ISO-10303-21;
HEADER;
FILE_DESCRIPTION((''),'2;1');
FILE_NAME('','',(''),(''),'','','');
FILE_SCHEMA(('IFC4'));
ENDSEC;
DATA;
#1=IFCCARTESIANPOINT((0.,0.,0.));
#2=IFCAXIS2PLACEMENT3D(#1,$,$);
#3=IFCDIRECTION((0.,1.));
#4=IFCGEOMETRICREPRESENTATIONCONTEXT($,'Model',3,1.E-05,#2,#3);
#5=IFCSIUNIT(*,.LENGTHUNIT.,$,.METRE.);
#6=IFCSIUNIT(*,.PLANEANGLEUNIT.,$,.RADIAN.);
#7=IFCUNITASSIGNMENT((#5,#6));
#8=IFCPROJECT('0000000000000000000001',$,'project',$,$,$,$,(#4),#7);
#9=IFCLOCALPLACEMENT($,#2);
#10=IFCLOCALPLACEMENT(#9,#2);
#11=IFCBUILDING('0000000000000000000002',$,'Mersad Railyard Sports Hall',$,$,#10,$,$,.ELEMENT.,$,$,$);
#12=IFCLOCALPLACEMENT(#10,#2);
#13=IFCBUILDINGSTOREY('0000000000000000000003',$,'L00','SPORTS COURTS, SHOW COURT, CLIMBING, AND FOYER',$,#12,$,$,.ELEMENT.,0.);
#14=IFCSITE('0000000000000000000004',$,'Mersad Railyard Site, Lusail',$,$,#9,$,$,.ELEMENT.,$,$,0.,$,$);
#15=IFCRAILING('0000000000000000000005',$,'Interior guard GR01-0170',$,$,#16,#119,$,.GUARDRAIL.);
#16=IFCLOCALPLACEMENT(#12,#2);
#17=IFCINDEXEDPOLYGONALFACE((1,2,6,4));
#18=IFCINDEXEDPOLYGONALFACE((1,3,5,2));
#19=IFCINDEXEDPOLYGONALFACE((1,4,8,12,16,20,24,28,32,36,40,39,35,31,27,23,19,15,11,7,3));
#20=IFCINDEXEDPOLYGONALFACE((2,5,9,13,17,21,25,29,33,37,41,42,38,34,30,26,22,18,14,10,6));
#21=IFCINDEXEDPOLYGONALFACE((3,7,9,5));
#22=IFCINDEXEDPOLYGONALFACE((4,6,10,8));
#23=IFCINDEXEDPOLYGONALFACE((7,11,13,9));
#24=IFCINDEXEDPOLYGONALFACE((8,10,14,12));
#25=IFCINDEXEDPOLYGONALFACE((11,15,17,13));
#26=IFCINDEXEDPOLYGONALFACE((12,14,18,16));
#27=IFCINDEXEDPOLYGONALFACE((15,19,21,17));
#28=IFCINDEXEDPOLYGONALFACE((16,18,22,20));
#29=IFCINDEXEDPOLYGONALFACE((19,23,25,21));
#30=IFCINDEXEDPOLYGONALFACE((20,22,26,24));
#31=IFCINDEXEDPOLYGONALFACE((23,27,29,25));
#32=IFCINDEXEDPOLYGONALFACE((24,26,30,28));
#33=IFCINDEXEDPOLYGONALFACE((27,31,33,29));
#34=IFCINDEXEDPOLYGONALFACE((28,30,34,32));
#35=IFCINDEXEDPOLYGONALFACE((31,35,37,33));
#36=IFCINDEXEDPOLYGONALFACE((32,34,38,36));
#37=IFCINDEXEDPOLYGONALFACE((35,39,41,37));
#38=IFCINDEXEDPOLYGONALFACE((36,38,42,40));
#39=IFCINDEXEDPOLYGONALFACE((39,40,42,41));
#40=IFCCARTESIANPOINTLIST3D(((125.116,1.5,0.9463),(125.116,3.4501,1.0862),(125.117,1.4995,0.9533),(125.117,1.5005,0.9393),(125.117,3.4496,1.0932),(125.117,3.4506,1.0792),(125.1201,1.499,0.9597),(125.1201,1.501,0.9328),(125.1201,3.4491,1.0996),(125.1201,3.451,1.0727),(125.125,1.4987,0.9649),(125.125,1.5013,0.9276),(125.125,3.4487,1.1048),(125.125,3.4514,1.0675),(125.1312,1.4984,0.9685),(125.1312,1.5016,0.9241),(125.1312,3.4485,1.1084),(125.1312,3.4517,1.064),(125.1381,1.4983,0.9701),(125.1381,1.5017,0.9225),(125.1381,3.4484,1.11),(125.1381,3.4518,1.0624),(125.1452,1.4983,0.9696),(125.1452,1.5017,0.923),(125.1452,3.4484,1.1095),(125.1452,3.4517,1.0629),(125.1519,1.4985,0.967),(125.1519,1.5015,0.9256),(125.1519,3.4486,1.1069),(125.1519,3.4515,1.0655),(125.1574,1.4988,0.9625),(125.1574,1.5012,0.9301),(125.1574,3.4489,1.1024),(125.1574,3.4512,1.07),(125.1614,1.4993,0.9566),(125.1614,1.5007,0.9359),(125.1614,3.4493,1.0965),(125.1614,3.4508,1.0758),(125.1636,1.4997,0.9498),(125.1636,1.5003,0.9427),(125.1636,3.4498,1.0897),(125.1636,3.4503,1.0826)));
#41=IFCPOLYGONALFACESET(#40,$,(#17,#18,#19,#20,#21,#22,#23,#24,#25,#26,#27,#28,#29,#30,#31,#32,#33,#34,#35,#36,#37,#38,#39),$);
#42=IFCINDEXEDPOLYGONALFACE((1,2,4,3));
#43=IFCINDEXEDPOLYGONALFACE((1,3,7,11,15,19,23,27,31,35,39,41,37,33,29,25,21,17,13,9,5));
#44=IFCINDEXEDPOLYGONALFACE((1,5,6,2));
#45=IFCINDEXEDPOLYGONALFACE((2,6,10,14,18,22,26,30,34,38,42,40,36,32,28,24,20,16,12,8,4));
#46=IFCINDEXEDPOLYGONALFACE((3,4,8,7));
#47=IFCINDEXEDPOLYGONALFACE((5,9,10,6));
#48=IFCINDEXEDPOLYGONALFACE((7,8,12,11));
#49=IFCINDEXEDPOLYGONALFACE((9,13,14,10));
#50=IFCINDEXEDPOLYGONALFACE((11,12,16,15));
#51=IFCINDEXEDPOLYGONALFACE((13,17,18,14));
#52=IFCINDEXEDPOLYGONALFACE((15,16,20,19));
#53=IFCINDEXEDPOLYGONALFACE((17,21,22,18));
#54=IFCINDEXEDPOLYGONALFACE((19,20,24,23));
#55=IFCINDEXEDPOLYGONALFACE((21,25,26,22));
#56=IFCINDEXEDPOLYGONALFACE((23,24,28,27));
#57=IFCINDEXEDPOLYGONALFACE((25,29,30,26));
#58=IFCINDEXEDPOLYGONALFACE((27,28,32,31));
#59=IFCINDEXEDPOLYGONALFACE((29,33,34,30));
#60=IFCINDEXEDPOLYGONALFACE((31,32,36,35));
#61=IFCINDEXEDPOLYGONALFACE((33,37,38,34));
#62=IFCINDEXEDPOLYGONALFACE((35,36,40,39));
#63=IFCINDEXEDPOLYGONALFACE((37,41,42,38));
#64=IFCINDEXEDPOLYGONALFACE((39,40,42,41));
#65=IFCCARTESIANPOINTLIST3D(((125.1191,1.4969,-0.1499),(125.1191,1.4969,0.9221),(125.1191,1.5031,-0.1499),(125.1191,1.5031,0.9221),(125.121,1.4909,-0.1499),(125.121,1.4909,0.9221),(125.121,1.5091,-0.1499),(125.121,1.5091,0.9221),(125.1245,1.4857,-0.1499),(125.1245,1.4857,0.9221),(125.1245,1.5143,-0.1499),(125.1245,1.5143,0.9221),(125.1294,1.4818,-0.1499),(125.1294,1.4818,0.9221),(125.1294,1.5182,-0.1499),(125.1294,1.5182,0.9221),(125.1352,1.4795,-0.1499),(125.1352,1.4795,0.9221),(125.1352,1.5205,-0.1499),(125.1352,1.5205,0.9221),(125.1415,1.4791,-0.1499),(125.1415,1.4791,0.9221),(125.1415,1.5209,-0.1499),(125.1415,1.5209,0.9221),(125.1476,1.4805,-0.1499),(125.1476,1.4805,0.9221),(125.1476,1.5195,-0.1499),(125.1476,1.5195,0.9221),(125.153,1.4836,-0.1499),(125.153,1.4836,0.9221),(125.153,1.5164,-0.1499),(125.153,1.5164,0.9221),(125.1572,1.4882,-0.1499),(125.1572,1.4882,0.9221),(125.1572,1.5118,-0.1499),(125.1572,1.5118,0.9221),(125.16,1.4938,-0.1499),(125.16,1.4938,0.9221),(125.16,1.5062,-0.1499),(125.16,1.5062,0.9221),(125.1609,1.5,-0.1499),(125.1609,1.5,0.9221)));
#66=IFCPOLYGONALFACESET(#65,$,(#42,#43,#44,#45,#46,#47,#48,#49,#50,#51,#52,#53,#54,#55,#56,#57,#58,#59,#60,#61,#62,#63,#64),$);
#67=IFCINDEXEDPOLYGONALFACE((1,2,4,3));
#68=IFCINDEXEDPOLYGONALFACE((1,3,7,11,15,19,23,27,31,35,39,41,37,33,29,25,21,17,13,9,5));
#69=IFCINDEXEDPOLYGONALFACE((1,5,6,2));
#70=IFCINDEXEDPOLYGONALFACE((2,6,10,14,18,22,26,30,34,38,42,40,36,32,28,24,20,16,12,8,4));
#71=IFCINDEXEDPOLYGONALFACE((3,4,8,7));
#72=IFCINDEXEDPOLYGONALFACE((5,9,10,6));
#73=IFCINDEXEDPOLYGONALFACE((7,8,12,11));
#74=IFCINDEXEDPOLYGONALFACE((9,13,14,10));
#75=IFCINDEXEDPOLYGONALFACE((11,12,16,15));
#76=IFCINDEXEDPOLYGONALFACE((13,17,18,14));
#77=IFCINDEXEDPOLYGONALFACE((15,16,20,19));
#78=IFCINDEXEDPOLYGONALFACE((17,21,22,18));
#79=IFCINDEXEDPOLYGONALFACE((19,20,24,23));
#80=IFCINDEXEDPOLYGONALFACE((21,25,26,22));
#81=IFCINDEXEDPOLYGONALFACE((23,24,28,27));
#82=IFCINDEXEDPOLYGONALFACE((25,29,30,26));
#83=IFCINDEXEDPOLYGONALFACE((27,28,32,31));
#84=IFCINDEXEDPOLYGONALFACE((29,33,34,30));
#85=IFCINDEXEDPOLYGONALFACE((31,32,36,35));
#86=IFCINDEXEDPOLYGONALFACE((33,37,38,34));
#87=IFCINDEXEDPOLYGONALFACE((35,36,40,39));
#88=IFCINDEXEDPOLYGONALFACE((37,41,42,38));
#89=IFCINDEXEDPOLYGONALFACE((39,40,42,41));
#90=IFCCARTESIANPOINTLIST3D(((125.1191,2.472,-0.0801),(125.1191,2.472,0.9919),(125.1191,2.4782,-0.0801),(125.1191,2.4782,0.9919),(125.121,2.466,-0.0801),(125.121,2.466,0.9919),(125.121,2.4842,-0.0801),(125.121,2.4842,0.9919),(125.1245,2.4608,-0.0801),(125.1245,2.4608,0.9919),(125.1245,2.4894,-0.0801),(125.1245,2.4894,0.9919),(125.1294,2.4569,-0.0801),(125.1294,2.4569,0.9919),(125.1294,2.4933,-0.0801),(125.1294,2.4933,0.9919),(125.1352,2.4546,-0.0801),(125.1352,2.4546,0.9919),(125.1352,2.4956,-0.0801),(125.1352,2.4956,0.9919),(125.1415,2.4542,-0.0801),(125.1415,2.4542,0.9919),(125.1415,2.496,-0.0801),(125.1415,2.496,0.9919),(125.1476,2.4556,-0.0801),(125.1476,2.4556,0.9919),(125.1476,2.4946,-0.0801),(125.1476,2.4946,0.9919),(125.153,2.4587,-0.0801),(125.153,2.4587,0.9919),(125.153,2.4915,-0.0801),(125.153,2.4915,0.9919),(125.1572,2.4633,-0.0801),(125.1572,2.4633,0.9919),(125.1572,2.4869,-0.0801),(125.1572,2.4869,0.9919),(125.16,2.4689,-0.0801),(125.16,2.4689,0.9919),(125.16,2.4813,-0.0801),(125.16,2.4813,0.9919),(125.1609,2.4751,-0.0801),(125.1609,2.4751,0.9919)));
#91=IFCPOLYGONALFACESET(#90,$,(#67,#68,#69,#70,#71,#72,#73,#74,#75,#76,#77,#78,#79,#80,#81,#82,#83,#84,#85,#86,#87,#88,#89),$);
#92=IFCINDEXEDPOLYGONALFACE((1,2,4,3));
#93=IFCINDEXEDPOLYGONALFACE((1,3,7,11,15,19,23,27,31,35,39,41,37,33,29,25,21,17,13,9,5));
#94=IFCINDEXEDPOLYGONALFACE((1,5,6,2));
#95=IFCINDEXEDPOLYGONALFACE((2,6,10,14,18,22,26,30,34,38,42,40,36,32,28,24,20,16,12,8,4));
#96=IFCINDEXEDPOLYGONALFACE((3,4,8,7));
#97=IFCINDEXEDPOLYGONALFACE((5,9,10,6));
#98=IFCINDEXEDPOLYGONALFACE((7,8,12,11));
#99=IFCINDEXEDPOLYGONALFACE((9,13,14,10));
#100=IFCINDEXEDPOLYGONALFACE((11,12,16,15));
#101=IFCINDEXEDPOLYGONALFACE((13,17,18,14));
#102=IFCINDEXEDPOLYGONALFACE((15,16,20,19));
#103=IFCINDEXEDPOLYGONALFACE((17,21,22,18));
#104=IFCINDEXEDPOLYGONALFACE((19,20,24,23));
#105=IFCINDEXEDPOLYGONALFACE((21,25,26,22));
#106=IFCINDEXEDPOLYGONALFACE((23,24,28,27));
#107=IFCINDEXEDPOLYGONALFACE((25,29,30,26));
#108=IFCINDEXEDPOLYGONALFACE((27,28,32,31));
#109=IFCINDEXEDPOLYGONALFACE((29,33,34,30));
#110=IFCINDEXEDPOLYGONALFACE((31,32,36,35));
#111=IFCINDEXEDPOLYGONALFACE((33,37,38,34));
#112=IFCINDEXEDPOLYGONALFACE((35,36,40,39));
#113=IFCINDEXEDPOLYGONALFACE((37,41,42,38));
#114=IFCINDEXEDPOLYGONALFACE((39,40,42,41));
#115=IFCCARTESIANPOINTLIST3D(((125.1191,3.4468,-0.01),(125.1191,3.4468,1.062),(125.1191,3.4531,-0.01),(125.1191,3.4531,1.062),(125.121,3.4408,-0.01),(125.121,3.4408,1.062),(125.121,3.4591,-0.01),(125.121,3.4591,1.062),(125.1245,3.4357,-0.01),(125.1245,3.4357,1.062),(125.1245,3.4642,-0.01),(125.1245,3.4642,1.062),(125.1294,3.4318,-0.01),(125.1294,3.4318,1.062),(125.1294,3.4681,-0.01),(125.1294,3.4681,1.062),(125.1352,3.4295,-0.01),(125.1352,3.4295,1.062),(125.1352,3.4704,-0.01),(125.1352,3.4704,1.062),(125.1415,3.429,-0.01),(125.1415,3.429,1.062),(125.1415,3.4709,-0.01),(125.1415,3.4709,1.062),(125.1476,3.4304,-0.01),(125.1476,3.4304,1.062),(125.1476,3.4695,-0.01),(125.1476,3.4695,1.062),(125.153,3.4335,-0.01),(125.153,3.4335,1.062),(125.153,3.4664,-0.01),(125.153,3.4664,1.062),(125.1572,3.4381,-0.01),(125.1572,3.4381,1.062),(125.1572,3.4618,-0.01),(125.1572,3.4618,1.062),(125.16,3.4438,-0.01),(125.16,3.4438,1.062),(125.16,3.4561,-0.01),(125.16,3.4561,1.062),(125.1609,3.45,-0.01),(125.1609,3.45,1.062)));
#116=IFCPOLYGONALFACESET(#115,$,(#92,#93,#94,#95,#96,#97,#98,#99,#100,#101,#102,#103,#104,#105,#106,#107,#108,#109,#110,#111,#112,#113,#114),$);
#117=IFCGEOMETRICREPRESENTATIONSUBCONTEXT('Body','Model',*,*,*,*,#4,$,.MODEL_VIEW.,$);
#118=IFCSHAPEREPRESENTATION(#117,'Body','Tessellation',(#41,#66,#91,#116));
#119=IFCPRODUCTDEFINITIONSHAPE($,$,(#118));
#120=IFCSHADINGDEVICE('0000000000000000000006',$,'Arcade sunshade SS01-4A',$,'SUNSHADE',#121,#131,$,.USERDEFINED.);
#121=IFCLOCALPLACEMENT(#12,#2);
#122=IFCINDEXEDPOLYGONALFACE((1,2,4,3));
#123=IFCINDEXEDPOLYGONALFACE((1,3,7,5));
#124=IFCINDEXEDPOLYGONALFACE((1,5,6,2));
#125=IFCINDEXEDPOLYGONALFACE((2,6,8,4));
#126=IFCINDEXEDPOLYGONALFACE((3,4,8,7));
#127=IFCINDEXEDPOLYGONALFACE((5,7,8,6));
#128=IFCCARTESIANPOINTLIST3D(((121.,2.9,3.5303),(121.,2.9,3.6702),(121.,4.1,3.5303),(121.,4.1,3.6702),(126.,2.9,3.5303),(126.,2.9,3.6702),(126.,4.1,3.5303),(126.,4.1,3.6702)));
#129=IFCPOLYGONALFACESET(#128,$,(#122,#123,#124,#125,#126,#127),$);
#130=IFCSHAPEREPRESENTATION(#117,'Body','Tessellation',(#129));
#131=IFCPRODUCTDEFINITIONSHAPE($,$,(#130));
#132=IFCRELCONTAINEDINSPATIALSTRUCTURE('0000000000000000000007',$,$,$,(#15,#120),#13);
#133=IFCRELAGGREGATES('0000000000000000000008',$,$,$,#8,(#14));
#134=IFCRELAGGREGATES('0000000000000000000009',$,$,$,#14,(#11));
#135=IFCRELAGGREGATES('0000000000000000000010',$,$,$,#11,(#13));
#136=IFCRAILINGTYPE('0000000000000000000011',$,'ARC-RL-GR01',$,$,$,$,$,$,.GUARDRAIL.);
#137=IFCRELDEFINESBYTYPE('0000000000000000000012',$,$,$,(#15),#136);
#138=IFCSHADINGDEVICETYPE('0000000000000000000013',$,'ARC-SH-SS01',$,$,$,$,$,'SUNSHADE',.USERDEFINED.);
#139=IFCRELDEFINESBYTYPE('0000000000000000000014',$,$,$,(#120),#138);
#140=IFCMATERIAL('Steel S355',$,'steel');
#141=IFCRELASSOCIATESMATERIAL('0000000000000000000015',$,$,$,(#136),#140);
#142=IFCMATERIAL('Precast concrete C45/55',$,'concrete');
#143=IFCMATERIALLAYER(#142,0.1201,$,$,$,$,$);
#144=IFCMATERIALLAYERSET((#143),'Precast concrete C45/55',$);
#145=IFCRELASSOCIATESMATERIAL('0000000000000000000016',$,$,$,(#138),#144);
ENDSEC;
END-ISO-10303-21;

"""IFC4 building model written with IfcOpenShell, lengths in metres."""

from ifc_helpers import new_model, si_unit, direction, frame, origin, origin_2d, place, context, subcontext, project, spatial, rectangle, circle, extrude, material, layer, layer_set, type_object, element, save


model = new_model("IFC4")

# Units and contexts
model_context = context("Model", 3, precision=1e-05, world=origin(), true_north=direction((0.0, 1.0)))
body_context = subcontext(model_context, "Body", "Model", "MODEL_VIEW")
ifc_project = project(units=[si_unit("LENGTHUNIT", "METRE"), si_unit("PLANEANGLEUNIT", "RADIAN")], contexts=[model_context])

# Site, building, storey
site_placement = place(None, origin())
site = spatial("IfcSite", under=ifc_project, at=site_placement, Name="Mersad Railyard Site, Lusail", CompositionType="ELEMENT", RefElevation=0.0)
building_placement = place(site_placement, origin())
building = spatial("IfcBuilding", under=site, at=building_placement, Name="Mersad Railyard Sports Hall", CompositionType="ELEMENT")
storey_placement = place(building_placement, origin())
storey = spatial("IfcBuildingStorey", under=building, at=storey_placement, Name="L00", Description="SPORTS COURTS, SHOW COURT, CLIMBING, AND FOYER", CompositionType="ELEMENT", Elevation=0.0)

# Railing
ifc_material_1 = material(Name="Steel S355", Category="steel")
railing_type = type_object("IfcRailingType", Name="ARC-RL-GR01", PredefinedType="GUARDRAIL", material=ifc_material_1)
railing_placement = place(storey_placement, frame((125.1399, 1.5, -0.1499)))
element("IfcRailing", 1, at=railing_placement, inside=storey, type_object=railing_type, Name="Interior guard GR01-0170", PredefinedType="GUARDRAIL", context=body_context, shape_type="SweptSolid", body=[
    extrude(circle(Radius=0.0239, at=origin_2d()), frame((0.0, 0.0, 1.0962), z_axis=(0.0, 0.997436, 0.071558), x_axis=(-1.0, 0.0, 0.0)), (0.0, 0.0, 1.0), 1.9551),
    extrude(circle(Radius=0.021, at=origin_2d()), origin(), (0.0, 0.0, 1.0), 1.072),
    extrude(circle(Radius=0.021, at=origin_2d()), frame((0.0, 0.9751, 0.0698)), (0.0, 0.0, 1.0), 1.072),
    extrude(circle(Radius=0.021, at=origin_2d()), frame((0.0, 1.95, 0.1399)), (0.0, 0.0, 1.0), 1.072),
])

# Shading device
ifc_material_2 = material(Name="Precast concrete C45/55", Category="concrete")
ifc_layer_1 = layer(ifc_material_2, 0.1201)
ifc_layer_set_1 = layer_set([ifc_layer_1], Name="Precast concrete C45/55")
shading_device_type = type_object("IfcShadingDeviceType", Name="ARC-SH-SS01", ElementType="SUNSHADE", PredefinedType="USERDEFINED", material=ifc_layer_set_1)
shading_device_placement = place(storey_placement, frame((123.5, 3.5, 3.5303), z_axis=(0.0, 0.0, 1.0), x_axis=(1.0, 0.0, 0.0)))
element("IfcShadingDevice", 2, at=shading_device_placement, inside=storey, type_object=shading_device_type, Name="Arcade sunshade SS01-4A", ObjectType="SUNSHADE", PredefinedType="USERDEFINED", context=body_context, shape_type="SweptSolid", body=[
    extrude(rectangle(XDim=5.0, YDim=1.2, at=origin_2d()), origin(), (0.0, 0.0, 1.0), 0.1399),
])

save(model, "model.ifc")
